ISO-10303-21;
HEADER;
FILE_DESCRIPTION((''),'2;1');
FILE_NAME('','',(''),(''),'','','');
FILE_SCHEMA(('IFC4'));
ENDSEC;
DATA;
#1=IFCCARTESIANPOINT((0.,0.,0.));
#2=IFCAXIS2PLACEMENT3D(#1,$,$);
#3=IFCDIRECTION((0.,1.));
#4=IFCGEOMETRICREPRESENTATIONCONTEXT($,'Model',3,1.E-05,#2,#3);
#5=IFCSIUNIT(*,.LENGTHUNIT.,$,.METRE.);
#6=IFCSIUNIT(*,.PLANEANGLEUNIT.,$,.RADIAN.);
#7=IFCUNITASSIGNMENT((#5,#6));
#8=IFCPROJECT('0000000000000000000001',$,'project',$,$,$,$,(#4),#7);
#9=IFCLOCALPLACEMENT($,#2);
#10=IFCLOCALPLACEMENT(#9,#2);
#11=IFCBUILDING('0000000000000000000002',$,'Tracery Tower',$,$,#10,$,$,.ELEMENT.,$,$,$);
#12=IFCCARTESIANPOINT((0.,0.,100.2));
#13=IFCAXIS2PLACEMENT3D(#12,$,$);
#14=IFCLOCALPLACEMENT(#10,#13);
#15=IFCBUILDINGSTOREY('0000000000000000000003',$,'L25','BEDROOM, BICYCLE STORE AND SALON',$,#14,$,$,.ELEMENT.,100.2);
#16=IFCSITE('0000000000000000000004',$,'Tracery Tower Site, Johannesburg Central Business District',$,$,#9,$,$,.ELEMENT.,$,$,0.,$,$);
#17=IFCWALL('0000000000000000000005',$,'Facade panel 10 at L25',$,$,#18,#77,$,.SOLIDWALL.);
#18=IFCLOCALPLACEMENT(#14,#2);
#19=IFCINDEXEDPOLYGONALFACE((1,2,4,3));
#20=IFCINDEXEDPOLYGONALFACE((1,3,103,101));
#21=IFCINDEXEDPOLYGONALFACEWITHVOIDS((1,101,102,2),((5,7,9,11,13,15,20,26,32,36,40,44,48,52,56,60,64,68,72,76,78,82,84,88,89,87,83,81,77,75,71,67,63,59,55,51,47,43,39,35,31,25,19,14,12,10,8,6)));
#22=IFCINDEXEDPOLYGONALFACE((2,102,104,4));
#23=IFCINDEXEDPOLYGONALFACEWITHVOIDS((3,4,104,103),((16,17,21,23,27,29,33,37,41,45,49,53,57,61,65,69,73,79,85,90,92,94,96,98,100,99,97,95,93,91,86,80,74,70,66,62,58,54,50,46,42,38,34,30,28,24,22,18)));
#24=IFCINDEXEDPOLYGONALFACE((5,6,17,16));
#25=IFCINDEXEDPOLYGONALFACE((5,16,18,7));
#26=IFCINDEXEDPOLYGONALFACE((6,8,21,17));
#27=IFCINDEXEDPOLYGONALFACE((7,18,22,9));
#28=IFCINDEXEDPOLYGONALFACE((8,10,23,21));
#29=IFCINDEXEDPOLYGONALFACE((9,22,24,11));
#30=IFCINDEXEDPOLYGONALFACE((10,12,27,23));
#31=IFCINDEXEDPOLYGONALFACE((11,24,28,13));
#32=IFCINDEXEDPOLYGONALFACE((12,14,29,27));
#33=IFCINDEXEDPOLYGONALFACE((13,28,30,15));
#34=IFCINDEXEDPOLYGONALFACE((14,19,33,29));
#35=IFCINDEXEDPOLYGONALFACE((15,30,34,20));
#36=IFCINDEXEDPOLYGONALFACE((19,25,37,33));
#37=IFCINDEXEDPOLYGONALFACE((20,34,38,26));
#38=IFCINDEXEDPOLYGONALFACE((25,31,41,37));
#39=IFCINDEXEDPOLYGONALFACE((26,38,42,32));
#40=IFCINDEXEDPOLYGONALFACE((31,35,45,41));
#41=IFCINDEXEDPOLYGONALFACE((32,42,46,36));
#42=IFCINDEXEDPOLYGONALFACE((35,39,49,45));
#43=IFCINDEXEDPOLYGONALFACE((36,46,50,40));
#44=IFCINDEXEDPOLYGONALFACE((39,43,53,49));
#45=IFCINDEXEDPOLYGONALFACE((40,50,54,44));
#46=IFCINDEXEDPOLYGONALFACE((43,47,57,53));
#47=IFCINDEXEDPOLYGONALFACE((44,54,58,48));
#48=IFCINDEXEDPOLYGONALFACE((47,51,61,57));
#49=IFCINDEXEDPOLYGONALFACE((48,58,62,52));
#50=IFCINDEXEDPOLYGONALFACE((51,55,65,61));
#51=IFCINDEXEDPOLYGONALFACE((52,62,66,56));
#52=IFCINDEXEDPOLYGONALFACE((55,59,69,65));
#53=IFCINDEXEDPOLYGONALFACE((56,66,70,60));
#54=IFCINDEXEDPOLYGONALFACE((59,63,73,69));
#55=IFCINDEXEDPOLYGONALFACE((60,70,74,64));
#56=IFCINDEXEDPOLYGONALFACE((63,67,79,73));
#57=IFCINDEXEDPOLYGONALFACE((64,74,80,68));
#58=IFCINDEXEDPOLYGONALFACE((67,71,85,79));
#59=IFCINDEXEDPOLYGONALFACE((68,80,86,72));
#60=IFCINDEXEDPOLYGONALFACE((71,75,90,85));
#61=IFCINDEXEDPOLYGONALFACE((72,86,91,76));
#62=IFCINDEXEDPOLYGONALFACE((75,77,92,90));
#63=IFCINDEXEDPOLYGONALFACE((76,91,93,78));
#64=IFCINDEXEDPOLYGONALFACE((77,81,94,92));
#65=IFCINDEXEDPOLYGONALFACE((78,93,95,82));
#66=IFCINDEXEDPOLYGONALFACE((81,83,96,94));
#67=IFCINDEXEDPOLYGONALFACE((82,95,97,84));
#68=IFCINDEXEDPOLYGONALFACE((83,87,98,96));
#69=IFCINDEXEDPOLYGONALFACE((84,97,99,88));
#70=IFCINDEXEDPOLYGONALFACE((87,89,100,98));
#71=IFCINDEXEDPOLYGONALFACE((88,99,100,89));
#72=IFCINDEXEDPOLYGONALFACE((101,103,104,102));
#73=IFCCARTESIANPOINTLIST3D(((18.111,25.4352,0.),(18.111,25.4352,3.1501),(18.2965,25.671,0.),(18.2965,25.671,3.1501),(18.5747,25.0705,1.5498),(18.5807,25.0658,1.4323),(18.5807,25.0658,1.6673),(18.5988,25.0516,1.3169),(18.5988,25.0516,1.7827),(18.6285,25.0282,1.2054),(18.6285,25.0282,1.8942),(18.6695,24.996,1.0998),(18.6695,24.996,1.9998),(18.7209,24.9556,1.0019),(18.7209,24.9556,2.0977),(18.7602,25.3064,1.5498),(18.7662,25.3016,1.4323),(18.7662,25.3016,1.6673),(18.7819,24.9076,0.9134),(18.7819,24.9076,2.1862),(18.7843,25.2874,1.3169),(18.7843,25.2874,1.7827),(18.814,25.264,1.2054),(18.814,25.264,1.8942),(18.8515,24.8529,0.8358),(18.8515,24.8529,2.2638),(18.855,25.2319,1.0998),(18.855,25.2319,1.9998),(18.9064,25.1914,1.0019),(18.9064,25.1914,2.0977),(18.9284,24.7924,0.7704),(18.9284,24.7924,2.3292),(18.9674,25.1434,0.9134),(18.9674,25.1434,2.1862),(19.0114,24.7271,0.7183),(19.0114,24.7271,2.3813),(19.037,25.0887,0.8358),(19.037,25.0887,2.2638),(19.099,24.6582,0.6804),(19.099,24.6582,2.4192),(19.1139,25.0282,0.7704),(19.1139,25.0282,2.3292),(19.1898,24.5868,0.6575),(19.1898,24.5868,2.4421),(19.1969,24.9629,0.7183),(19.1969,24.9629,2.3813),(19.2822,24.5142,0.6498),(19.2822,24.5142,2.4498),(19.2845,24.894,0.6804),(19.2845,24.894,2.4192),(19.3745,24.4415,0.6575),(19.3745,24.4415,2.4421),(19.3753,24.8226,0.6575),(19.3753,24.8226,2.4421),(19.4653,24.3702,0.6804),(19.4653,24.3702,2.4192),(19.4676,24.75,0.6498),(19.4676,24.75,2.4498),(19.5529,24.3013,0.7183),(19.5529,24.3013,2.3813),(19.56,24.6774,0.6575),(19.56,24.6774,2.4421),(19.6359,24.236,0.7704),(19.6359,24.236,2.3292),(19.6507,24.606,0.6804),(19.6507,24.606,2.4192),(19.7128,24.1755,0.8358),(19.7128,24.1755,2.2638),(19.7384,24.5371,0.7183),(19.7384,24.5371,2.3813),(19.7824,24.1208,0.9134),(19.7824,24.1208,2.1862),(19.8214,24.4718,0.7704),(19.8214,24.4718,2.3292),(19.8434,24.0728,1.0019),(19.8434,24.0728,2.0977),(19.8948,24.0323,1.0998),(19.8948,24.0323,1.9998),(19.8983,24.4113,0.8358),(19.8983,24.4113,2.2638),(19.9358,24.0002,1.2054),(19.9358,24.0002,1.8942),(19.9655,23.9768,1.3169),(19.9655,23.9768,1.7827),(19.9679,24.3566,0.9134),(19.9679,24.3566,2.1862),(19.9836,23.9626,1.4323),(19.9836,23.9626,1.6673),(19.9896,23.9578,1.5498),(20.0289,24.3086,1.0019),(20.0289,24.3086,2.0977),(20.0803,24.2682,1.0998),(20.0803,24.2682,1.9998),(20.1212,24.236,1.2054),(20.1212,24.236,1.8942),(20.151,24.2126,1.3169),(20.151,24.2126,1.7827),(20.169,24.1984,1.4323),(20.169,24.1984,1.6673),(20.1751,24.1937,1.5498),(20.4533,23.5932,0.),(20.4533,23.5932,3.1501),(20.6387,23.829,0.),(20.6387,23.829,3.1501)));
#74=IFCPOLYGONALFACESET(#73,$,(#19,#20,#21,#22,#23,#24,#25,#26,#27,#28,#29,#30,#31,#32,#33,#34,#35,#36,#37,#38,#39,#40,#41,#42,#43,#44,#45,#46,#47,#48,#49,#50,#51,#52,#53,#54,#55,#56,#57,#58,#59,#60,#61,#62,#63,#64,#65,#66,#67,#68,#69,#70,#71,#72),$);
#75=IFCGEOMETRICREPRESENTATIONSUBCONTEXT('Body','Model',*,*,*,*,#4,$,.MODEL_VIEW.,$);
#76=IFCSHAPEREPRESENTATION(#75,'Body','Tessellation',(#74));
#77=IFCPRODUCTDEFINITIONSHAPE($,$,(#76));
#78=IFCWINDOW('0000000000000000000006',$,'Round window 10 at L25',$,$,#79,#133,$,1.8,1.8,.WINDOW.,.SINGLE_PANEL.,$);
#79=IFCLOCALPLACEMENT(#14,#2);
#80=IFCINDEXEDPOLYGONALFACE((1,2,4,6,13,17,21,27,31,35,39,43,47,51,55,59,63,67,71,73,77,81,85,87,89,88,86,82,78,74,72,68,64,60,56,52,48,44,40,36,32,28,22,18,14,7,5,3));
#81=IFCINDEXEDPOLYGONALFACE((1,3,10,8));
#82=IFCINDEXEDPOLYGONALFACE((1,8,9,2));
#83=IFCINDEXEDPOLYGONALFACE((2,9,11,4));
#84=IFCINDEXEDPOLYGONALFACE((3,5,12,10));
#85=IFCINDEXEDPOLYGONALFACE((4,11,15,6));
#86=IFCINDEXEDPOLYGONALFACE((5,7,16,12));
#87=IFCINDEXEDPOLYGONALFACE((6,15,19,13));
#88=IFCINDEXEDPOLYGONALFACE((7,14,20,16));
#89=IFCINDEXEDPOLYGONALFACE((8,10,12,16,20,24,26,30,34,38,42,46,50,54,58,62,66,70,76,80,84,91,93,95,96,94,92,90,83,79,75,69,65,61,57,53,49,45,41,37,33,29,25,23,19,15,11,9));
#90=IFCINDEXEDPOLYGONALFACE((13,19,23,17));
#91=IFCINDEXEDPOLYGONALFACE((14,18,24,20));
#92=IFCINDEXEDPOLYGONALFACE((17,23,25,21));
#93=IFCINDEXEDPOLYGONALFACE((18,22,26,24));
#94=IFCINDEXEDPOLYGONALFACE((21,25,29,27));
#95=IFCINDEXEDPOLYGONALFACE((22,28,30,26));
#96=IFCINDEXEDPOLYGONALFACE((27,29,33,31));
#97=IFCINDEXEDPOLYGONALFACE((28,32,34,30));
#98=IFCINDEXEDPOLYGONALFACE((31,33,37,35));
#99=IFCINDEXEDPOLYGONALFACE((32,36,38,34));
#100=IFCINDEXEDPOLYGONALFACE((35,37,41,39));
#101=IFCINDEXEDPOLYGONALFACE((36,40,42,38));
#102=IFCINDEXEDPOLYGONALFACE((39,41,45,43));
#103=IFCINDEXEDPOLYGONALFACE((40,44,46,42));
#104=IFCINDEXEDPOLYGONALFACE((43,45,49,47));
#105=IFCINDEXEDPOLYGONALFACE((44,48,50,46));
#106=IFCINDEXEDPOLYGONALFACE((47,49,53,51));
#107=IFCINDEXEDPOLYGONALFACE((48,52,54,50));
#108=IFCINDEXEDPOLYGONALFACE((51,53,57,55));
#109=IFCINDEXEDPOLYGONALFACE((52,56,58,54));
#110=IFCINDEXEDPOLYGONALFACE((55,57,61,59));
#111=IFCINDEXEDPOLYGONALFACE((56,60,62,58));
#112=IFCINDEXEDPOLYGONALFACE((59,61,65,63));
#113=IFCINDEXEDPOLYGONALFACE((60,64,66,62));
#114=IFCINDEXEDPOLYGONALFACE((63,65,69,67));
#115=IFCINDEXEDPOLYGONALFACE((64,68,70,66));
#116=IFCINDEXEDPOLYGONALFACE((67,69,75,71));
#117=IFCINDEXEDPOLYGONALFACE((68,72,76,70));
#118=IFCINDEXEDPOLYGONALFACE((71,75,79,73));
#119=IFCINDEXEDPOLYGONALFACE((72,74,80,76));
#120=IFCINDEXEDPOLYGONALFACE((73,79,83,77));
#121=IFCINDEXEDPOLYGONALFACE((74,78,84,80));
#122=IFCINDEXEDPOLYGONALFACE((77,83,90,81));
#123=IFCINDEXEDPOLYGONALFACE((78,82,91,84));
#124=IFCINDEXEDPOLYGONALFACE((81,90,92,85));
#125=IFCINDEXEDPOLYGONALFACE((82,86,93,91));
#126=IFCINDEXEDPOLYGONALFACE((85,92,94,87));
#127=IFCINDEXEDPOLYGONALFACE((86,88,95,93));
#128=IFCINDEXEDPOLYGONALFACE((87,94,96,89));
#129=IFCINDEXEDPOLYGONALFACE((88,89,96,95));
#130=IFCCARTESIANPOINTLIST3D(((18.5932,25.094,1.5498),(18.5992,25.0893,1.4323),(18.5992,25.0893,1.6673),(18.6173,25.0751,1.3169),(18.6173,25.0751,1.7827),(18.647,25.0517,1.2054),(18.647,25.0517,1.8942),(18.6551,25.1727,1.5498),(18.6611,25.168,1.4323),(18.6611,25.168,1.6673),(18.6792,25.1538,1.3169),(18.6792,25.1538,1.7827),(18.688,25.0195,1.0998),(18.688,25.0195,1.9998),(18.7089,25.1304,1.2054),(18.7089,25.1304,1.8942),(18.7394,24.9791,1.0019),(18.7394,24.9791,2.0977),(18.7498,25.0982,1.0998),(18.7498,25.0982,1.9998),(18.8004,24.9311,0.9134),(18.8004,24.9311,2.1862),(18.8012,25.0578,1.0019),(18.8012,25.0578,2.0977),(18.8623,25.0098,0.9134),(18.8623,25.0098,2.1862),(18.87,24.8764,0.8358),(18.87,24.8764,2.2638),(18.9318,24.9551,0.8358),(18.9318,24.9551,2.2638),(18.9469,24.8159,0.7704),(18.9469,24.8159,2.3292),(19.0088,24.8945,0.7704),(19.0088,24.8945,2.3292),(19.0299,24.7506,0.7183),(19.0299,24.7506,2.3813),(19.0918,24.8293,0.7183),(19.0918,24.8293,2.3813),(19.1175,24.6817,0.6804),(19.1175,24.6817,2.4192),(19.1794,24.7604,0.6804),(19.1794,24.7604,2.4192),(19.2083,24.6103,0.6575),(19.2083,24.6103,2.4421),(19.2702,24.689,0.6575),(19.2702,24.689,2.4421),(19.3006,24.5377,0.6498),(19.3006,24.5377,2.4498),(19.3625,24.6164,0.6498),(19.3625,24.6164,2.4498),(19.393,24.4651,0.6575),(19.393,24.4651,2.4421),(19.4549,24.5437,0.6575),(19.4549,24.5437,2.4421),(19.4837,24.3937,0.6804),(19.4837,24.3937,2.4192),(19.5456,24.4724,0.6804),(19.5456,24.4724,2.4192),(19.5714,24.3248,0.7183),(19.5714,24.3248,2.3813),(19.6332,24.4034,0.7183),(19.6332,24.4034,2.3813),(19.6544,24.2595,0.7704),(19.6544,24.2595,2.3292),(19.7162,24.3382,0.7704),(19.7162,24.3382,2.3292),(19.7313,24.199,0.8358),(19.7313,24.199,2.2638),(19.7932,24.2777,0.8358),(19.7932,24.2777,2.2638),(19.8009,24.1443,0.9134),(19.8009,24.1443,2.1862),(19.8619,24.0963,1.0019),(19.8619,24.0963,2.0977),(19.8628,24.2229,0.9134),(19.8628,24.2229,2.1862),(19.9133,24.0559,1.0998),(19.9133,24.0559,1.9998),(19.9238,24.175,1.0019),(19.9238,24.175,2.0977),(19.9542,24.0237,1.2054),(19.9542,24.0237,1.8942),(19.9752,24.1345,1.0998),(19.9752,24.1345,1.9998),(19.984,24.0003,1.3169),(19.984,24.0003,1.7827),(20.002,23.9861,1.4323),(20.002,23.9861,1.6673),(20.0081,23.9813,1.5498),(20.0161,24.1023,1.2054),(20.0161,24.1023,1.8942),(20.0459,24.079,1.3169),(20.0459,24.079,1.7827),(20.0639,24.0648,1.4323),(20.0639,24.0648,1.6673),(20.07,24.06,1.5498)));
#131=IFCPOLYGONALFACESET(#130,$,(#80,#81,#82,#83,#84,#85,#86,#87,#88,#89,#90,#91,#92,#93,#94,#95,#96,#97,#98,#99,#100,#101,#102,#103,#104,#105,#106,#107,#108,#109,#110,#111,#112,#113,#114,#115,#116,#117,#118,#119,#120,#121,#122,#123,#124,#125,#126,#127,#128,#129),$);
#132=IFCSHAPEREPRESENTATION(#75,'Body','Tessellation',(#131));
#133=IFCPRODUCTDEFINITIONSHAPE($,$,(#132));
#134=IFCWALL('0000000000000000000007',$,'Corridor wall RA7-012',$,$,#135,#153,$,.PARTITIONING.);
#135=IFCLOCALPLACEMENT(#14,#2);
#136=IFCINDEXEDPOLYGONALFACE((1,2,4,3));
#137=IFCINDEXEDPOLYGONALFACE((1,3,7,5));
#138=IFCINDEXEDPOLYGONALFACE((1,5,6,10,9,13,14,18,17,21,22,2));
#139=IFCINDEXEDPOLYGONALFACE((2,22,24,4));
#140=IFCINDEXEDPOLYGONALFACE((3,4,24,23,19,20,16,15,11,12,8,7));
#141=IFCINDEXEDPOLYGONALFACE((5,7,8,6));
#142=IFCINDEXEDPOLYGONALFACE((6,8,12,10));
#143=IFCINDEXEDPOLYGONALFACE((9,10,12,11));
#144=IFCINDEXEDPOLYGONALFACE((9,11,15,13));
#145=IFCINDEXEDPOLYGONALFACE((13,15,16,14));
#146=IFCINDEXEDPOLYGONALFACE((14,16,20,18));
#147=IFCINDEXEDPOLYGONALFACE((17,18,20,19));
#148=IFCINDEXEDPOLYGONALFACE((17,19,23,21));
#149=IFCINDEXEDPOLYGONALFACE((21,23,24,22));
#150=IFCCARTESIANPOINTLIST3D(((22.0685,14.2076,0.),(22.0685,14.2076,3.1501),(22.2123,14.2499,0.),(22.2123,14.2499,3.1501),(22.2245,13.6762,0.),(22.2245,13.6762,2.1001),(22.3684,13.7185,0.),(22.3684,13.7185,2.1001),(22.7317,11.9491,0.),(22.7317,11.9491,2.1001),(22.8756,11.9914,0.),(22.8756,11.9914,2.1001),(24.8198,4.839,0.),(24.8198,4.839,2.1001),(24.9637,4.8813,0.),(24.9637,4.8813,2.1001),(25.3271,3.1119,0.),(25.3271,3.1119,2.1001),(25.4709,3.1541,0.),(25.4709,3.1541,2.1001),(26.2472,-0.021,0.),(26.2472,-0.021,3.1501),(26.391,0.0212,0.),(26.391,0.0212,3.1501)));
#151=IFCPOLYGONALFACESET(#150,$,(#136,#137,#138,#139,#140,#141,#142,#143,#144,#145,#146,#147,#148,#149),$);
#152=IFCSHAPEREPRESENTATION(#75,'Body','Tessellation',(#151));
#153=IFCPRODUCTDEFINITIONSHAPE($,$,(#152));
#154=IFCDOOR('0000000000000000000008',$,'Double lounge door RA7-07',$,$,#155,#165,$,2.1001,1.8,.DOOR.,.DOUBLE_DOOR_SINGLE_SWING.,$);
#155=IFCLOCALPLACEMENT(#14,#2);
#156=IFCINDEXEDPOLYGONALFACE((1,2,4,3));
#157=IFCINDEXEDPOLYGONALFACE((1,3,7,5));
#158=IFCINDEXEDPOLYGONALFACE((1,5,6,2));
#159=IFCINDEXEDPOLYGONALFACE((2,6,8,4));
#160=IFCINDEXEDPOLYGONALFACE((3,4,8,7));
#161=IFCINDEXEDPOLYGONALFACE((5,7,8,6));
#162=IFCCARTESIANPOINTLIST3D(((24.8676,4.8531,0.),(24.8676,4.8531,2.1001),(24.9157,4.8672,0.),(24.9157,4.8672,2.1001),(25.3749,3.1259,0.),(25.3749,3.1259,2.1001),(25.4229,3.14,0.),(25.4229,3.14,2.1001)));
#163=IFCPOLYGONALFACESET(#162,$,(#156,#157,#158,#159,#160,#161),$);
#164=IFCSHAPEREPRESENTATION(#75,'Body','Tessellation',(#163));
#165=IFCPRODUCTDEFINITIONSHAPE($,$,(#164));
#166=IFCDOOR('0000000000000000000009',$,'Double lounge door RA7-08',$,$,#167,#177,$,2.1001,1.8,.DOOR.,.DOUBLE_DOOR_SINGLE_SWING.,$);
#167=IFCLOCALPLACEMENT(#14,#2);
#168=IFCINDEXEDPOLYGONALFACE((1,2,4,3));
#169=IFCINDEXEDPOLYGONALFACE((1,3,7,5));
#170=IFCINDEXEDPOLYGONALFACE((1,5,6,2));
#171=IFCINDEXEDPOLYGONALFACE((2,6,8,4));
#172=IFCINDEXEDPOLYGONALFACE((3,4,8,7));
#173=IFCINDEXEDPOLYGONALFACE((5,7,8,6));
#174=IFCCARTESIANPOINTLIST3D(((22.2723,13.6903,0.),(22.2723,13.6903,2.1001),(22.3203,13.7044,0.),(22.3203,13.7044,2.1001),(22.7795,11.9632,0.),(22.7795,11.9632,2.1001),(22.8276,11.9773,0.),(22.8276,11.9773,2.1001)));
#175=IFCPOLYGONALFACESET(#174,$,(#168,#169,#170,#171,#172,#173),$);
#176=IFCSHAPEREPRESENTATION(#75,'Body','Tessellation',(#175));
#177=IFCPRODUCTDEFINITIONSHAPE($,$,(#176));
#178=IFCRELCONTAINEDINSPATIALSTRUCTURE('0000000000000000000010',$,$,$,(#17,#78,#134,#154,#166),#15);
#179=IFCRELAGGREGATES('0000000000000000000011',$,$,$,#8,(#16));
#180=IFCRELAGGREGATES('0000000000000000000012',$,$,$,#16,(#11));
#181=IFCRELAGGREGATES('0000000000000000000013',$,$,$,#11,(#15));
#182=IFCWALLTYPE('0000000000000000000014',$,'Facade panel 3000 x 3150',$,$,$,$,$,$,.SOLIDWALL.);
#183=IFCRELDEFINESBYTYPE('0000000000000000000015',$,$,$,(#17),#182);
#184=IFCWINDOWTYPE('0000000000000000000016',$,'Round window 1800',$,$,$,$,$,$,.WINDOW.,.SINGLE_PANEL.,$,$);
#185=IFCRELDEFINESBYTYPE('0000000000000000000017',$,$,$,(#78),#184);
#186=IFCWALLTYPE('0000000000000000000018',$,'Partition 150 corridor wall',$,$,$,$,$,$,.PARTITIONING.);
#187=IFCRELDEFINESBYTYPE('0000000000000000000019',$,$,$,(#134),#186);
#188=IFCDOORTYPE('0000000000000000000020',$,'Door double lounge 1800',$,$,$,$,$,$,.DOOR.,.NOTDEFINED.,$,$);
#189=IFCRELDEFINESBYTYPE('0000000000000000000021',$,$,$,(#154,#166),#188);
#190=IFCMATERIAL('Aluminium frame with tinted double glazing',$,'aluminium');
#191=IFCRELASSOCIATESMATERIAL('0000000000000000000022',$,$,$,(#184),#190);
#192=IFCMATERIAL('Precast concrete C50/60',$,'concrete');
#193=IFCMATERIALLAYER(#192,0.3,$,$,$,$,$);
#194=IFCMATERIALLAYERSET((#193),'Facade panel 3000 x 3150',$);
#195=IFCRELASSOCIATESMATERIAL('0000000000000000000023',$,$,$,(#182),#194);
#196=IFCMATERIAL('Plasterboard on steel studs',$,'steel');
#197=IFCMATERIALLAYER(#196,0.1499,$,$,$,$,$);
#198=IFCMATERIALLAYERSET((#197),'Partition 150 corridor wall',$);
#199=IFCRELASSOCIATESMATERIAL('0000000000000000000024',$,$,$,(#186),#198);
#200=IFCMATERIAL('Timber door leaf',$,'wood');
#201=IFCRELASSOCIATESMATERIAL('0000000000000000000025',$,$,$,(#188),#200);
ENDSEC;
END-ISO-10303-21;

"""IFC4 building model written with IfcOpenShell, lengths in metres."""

from ifc_helpers import new_model, si_unit, direction, frame, frame_2d, origin, origin_2d, place, context, subcontext, project, spatial, rectangle, circle, extrude, material, layer, layer_set, type_object, element, fill, save


model = new_model("IFC4")

# Units and contexts
model_context = context("Model", 3, precision=1e-05, world=origin(), true_north=direction((0.0, 1.0)))
body_context = subcontext(model_context, "Body", "Model", "MODEL_VIEW")
ifc_project = project(units=[si_unit("LENGTHUNIT", "METRE"), si_unit("PLANEANGLEUNIT", "RADIAN")], contexts=[model_context])

# Site, building, storey
site_placement = place(None, origin())
site = spatial("IfcSite", under=ifc_project, at=site_placement, Name="Tracery Tower Site, Johannesburg Central Business District", CompositionType="ELEMENT", RefElevation=0.0)
building_placement = place(site_placement, origin())
building = spatial("IfcBuilding", under=site, at=building_placement, Name="Tracery Tower", CompositionType="ELEMENT")
storey_placement = place(building_placement, frame((0.0, 0.0, 100.2)))
storey = spatial("IfcBuildingStorey", under=building, at=storey_placement, Name="L25", Description="BEDROOM, BICYCLE STORE AND SALON", CompositionType="ELEMENT", Elevation=100.2)

# Wall, opening, window
ifc_material_1 = material(Name="Aluminium frame with tinted double glazing", Category="aluminium")
window_type = type_object("IfcWindowType", Name="Round window 1800", PartitioningType="SINGLE_PANEL", PredefinedType="WINDOW", material=ifc_material_1)
ifc_material_2 = material(Name="Precast concrete C50/60", Category="concrete")
ifc_layer_1 = layer(ifc_material_2, 0.3)
ifc_layer_set_1 = layer_set([ifc_layer_1], Name="Facade panel 3000 x 3150")
wall_type_1 = type_object("IfcWallType", Name="Facade panel 3000 x 3150", PredefinedType="SOLIDWALL", material=ifc_layer_set_1)
wall_1_placement = place(storey_placement, frame((20.5459, 23.7112, 0.0), z_axis=(0.0, 0.0, 1.0), x_axis=(-0.786045, 0.618169, 0.0)))
wall_1 = element("IfcWall", 1, at=wall_1_placement, inside=storey, type_object=wall_type_1, Name="Facade panel 10 at L25", PredefinedType="SOLIDWALL", context=body_context, shape_type="SweptSolid", body=[
    extrude(rectangle(XDim=2.9797, YDim=0.3, at=frame_2d((1.4897, 0.0))), origin(), (0.0, 0.0, 1.0), 3.1501),
])
opening_1_placement = place(wall_1_placement, frame((1.4897, 0.0, 1.5498)))
opening_1 = element("IfcOpeningElement", 2, at=opening_1_placement, cuts=wall_1, PredefinedType="OPENING", context=body_context, shape_type="SweptSolid", body=[
    extrude(circle(Radius=0.9, at=origin_2d()), frame((0.0, 0.1599, 0.0), z_axis=(0.0, -1.0, 0.0), x_axis=(1.0, 0.0, 0.0)), (0.0, 0.0, 1.0), 0.3201),
])
window_1_placement = place(opening_1_placement, origin())
window_1 = element("IfcWindow", 3, at=window_1_placement, inside=storey, type_object=window_type, Name="Round window 10 at L25", OverallHeight=1.8, OverallWidth=1.8, PartitioningType="SINGLE_PANEL", PredefinedType="WINDOW", context=body_context, shape_type="SweptSolid", body=[
    extrude(circle(Radius=0.9, at=origin_2d()), frame((0.0, 0.1201, 0.0), z_axis=(0.0, -1.0, 0.0), x_axis=(1.0, 0.0, 0.0)), (0.0, 0.0, 1.0), 0.1001),
])
fill(opening_1, window_1)

# Wall, openings, doors
ifc_material_3 = material(Name="Plasterboard on steel studs", Category="steel")
ifc_layer_2 = layer(ifc_material_3, 0.1499)
ifc_layer_set_2 = layer_set([ifc_layer_2], Name="Partition 150 corridor wall")
wall_type_2 = type_object("IfcWallType", Name="Partition 150 corridor wall", PredefinedType="PARTITIONING", material=ifc_layer_set_2)
wall_2_placement = place(storey_placement, frame((22.1404, 14.2288, 0.0), z_axis=(0.0, 0.0, 1.0), x_axis=(0.28178, -0.959479, 0.0)))
wall_2 = element("IfcWall", 4, at=wall_2_placement, inside=storey, type_object=wall_type_2, Name="Corridor wall RA7-012", PredefinedType="PARTITIONING", context=body_context, shape_type="SweptSolid", body=[
    extrude(rectangle(XDim=14.8296, YDim=0.1499, at=frame_2d((7.4148, 0.0))), origin(), (0.0, 0.0, 1.0), 3.1501),
])
opening_2_placement = place(wall_2_placement, frame((9.7644, 0.0, 0.0)))
opening_2 = element("IfcOpeningElement", 5, at=opening_2_placement, cuts=wall_2, PredefinedType="OPENING", context=body_context, shape_type="SweptSolid", body=[
    extrude(rectangle(XDim=1.8, YDim=2.1001, at=frame_2d((0.8999, 1.05))), frame((0.0, 0.075, 0.0), z_axis=(0.0, -1.0, 0.0), x_axis=(1.0, 0.0, 0.0)), (0.0, 0.0, 1.0), 0.1499),
])
opening_3_placement = place(wall_2_placement, frame((0.554, 0.0, 0.0)))
opening_3 = element("IfcOpeningElement", 6, at=opening_3_placement, cuts=wall_2, PredefinedType="OPENING", context=body_context, shape_type="SweptSolid", body=[
    extrude(rectangle(XDim=1.8, YDim=2.1001, at=frame_2d((0.8999, 1.05))), frame((0.0, 0.075, 0.0), z_axis=(0.0, -1.0, 0.0), x_axis=(1.0, 0.0, 0.0)), (0.0, 0.0, 1.0), 0.1499),
])
ifc_material_4 = material(Name="Timber door leaf", Category="wood")
door_type = type_object("IfcDoorType", Name="Door double lounge 1800", OperationType="NOTDEFINED", PredefinedType="DOOR", material=ifc_material_4)
door_1_placement = place(opening_2_placement, origin())
door_1 = element("IfcDoor", 7, at=door_1_placement, inside=storey, type_object=door_type, Name="Double lounge door RA7-07", OperationType="DOUBLE_DOOR_SINGLE_SWING", OverallHeight=2.1001, OverallWidth=1.8, PredefinedType="DOOR", context=body_context, shape_type="SweptSolid", body=[
    extrude(rectangle(XDim=1.8, YDim=2.1001, at=frame_2d((0.8999, 1.05))), frame((0.0, 0.0249, 0.0), z_axis=(0.0, -1.0, 0.0), x_axis=(1.0, 0.0, 0.0)), (0.0, 0.0, 1.0), 0.05),
])
fill(opening_2, door_1)
door_2_placement = place(opening_3_placement, origin())
door_2 = element("IfcDoor", 8, at=door_2_placement, inside=storey, type_object=door_type, Name="Double lounge door RA7-08", OperationType="DOUBLE_DOOR_SINGLE_SWING", OverallHeight=2.1001, OverallWidth=1.8, PredefinedType="DOOR", context=body_context, shape_type="SweptSolid", body=[
    extrude(rectangle(XDim=1.8, YDim=2.1001, at=frame_2d((0.8999, 1.05))), frame((0.0, 0.0249, 0.0), z_axis=(0.0, -1.0, 0.0), x_axis=(1.0, 0.0, 0.0)), (0.0, 0.0, 1.0), 0.05),
])
fill(opening_3, door_2)

save(model, "model.ifc")
